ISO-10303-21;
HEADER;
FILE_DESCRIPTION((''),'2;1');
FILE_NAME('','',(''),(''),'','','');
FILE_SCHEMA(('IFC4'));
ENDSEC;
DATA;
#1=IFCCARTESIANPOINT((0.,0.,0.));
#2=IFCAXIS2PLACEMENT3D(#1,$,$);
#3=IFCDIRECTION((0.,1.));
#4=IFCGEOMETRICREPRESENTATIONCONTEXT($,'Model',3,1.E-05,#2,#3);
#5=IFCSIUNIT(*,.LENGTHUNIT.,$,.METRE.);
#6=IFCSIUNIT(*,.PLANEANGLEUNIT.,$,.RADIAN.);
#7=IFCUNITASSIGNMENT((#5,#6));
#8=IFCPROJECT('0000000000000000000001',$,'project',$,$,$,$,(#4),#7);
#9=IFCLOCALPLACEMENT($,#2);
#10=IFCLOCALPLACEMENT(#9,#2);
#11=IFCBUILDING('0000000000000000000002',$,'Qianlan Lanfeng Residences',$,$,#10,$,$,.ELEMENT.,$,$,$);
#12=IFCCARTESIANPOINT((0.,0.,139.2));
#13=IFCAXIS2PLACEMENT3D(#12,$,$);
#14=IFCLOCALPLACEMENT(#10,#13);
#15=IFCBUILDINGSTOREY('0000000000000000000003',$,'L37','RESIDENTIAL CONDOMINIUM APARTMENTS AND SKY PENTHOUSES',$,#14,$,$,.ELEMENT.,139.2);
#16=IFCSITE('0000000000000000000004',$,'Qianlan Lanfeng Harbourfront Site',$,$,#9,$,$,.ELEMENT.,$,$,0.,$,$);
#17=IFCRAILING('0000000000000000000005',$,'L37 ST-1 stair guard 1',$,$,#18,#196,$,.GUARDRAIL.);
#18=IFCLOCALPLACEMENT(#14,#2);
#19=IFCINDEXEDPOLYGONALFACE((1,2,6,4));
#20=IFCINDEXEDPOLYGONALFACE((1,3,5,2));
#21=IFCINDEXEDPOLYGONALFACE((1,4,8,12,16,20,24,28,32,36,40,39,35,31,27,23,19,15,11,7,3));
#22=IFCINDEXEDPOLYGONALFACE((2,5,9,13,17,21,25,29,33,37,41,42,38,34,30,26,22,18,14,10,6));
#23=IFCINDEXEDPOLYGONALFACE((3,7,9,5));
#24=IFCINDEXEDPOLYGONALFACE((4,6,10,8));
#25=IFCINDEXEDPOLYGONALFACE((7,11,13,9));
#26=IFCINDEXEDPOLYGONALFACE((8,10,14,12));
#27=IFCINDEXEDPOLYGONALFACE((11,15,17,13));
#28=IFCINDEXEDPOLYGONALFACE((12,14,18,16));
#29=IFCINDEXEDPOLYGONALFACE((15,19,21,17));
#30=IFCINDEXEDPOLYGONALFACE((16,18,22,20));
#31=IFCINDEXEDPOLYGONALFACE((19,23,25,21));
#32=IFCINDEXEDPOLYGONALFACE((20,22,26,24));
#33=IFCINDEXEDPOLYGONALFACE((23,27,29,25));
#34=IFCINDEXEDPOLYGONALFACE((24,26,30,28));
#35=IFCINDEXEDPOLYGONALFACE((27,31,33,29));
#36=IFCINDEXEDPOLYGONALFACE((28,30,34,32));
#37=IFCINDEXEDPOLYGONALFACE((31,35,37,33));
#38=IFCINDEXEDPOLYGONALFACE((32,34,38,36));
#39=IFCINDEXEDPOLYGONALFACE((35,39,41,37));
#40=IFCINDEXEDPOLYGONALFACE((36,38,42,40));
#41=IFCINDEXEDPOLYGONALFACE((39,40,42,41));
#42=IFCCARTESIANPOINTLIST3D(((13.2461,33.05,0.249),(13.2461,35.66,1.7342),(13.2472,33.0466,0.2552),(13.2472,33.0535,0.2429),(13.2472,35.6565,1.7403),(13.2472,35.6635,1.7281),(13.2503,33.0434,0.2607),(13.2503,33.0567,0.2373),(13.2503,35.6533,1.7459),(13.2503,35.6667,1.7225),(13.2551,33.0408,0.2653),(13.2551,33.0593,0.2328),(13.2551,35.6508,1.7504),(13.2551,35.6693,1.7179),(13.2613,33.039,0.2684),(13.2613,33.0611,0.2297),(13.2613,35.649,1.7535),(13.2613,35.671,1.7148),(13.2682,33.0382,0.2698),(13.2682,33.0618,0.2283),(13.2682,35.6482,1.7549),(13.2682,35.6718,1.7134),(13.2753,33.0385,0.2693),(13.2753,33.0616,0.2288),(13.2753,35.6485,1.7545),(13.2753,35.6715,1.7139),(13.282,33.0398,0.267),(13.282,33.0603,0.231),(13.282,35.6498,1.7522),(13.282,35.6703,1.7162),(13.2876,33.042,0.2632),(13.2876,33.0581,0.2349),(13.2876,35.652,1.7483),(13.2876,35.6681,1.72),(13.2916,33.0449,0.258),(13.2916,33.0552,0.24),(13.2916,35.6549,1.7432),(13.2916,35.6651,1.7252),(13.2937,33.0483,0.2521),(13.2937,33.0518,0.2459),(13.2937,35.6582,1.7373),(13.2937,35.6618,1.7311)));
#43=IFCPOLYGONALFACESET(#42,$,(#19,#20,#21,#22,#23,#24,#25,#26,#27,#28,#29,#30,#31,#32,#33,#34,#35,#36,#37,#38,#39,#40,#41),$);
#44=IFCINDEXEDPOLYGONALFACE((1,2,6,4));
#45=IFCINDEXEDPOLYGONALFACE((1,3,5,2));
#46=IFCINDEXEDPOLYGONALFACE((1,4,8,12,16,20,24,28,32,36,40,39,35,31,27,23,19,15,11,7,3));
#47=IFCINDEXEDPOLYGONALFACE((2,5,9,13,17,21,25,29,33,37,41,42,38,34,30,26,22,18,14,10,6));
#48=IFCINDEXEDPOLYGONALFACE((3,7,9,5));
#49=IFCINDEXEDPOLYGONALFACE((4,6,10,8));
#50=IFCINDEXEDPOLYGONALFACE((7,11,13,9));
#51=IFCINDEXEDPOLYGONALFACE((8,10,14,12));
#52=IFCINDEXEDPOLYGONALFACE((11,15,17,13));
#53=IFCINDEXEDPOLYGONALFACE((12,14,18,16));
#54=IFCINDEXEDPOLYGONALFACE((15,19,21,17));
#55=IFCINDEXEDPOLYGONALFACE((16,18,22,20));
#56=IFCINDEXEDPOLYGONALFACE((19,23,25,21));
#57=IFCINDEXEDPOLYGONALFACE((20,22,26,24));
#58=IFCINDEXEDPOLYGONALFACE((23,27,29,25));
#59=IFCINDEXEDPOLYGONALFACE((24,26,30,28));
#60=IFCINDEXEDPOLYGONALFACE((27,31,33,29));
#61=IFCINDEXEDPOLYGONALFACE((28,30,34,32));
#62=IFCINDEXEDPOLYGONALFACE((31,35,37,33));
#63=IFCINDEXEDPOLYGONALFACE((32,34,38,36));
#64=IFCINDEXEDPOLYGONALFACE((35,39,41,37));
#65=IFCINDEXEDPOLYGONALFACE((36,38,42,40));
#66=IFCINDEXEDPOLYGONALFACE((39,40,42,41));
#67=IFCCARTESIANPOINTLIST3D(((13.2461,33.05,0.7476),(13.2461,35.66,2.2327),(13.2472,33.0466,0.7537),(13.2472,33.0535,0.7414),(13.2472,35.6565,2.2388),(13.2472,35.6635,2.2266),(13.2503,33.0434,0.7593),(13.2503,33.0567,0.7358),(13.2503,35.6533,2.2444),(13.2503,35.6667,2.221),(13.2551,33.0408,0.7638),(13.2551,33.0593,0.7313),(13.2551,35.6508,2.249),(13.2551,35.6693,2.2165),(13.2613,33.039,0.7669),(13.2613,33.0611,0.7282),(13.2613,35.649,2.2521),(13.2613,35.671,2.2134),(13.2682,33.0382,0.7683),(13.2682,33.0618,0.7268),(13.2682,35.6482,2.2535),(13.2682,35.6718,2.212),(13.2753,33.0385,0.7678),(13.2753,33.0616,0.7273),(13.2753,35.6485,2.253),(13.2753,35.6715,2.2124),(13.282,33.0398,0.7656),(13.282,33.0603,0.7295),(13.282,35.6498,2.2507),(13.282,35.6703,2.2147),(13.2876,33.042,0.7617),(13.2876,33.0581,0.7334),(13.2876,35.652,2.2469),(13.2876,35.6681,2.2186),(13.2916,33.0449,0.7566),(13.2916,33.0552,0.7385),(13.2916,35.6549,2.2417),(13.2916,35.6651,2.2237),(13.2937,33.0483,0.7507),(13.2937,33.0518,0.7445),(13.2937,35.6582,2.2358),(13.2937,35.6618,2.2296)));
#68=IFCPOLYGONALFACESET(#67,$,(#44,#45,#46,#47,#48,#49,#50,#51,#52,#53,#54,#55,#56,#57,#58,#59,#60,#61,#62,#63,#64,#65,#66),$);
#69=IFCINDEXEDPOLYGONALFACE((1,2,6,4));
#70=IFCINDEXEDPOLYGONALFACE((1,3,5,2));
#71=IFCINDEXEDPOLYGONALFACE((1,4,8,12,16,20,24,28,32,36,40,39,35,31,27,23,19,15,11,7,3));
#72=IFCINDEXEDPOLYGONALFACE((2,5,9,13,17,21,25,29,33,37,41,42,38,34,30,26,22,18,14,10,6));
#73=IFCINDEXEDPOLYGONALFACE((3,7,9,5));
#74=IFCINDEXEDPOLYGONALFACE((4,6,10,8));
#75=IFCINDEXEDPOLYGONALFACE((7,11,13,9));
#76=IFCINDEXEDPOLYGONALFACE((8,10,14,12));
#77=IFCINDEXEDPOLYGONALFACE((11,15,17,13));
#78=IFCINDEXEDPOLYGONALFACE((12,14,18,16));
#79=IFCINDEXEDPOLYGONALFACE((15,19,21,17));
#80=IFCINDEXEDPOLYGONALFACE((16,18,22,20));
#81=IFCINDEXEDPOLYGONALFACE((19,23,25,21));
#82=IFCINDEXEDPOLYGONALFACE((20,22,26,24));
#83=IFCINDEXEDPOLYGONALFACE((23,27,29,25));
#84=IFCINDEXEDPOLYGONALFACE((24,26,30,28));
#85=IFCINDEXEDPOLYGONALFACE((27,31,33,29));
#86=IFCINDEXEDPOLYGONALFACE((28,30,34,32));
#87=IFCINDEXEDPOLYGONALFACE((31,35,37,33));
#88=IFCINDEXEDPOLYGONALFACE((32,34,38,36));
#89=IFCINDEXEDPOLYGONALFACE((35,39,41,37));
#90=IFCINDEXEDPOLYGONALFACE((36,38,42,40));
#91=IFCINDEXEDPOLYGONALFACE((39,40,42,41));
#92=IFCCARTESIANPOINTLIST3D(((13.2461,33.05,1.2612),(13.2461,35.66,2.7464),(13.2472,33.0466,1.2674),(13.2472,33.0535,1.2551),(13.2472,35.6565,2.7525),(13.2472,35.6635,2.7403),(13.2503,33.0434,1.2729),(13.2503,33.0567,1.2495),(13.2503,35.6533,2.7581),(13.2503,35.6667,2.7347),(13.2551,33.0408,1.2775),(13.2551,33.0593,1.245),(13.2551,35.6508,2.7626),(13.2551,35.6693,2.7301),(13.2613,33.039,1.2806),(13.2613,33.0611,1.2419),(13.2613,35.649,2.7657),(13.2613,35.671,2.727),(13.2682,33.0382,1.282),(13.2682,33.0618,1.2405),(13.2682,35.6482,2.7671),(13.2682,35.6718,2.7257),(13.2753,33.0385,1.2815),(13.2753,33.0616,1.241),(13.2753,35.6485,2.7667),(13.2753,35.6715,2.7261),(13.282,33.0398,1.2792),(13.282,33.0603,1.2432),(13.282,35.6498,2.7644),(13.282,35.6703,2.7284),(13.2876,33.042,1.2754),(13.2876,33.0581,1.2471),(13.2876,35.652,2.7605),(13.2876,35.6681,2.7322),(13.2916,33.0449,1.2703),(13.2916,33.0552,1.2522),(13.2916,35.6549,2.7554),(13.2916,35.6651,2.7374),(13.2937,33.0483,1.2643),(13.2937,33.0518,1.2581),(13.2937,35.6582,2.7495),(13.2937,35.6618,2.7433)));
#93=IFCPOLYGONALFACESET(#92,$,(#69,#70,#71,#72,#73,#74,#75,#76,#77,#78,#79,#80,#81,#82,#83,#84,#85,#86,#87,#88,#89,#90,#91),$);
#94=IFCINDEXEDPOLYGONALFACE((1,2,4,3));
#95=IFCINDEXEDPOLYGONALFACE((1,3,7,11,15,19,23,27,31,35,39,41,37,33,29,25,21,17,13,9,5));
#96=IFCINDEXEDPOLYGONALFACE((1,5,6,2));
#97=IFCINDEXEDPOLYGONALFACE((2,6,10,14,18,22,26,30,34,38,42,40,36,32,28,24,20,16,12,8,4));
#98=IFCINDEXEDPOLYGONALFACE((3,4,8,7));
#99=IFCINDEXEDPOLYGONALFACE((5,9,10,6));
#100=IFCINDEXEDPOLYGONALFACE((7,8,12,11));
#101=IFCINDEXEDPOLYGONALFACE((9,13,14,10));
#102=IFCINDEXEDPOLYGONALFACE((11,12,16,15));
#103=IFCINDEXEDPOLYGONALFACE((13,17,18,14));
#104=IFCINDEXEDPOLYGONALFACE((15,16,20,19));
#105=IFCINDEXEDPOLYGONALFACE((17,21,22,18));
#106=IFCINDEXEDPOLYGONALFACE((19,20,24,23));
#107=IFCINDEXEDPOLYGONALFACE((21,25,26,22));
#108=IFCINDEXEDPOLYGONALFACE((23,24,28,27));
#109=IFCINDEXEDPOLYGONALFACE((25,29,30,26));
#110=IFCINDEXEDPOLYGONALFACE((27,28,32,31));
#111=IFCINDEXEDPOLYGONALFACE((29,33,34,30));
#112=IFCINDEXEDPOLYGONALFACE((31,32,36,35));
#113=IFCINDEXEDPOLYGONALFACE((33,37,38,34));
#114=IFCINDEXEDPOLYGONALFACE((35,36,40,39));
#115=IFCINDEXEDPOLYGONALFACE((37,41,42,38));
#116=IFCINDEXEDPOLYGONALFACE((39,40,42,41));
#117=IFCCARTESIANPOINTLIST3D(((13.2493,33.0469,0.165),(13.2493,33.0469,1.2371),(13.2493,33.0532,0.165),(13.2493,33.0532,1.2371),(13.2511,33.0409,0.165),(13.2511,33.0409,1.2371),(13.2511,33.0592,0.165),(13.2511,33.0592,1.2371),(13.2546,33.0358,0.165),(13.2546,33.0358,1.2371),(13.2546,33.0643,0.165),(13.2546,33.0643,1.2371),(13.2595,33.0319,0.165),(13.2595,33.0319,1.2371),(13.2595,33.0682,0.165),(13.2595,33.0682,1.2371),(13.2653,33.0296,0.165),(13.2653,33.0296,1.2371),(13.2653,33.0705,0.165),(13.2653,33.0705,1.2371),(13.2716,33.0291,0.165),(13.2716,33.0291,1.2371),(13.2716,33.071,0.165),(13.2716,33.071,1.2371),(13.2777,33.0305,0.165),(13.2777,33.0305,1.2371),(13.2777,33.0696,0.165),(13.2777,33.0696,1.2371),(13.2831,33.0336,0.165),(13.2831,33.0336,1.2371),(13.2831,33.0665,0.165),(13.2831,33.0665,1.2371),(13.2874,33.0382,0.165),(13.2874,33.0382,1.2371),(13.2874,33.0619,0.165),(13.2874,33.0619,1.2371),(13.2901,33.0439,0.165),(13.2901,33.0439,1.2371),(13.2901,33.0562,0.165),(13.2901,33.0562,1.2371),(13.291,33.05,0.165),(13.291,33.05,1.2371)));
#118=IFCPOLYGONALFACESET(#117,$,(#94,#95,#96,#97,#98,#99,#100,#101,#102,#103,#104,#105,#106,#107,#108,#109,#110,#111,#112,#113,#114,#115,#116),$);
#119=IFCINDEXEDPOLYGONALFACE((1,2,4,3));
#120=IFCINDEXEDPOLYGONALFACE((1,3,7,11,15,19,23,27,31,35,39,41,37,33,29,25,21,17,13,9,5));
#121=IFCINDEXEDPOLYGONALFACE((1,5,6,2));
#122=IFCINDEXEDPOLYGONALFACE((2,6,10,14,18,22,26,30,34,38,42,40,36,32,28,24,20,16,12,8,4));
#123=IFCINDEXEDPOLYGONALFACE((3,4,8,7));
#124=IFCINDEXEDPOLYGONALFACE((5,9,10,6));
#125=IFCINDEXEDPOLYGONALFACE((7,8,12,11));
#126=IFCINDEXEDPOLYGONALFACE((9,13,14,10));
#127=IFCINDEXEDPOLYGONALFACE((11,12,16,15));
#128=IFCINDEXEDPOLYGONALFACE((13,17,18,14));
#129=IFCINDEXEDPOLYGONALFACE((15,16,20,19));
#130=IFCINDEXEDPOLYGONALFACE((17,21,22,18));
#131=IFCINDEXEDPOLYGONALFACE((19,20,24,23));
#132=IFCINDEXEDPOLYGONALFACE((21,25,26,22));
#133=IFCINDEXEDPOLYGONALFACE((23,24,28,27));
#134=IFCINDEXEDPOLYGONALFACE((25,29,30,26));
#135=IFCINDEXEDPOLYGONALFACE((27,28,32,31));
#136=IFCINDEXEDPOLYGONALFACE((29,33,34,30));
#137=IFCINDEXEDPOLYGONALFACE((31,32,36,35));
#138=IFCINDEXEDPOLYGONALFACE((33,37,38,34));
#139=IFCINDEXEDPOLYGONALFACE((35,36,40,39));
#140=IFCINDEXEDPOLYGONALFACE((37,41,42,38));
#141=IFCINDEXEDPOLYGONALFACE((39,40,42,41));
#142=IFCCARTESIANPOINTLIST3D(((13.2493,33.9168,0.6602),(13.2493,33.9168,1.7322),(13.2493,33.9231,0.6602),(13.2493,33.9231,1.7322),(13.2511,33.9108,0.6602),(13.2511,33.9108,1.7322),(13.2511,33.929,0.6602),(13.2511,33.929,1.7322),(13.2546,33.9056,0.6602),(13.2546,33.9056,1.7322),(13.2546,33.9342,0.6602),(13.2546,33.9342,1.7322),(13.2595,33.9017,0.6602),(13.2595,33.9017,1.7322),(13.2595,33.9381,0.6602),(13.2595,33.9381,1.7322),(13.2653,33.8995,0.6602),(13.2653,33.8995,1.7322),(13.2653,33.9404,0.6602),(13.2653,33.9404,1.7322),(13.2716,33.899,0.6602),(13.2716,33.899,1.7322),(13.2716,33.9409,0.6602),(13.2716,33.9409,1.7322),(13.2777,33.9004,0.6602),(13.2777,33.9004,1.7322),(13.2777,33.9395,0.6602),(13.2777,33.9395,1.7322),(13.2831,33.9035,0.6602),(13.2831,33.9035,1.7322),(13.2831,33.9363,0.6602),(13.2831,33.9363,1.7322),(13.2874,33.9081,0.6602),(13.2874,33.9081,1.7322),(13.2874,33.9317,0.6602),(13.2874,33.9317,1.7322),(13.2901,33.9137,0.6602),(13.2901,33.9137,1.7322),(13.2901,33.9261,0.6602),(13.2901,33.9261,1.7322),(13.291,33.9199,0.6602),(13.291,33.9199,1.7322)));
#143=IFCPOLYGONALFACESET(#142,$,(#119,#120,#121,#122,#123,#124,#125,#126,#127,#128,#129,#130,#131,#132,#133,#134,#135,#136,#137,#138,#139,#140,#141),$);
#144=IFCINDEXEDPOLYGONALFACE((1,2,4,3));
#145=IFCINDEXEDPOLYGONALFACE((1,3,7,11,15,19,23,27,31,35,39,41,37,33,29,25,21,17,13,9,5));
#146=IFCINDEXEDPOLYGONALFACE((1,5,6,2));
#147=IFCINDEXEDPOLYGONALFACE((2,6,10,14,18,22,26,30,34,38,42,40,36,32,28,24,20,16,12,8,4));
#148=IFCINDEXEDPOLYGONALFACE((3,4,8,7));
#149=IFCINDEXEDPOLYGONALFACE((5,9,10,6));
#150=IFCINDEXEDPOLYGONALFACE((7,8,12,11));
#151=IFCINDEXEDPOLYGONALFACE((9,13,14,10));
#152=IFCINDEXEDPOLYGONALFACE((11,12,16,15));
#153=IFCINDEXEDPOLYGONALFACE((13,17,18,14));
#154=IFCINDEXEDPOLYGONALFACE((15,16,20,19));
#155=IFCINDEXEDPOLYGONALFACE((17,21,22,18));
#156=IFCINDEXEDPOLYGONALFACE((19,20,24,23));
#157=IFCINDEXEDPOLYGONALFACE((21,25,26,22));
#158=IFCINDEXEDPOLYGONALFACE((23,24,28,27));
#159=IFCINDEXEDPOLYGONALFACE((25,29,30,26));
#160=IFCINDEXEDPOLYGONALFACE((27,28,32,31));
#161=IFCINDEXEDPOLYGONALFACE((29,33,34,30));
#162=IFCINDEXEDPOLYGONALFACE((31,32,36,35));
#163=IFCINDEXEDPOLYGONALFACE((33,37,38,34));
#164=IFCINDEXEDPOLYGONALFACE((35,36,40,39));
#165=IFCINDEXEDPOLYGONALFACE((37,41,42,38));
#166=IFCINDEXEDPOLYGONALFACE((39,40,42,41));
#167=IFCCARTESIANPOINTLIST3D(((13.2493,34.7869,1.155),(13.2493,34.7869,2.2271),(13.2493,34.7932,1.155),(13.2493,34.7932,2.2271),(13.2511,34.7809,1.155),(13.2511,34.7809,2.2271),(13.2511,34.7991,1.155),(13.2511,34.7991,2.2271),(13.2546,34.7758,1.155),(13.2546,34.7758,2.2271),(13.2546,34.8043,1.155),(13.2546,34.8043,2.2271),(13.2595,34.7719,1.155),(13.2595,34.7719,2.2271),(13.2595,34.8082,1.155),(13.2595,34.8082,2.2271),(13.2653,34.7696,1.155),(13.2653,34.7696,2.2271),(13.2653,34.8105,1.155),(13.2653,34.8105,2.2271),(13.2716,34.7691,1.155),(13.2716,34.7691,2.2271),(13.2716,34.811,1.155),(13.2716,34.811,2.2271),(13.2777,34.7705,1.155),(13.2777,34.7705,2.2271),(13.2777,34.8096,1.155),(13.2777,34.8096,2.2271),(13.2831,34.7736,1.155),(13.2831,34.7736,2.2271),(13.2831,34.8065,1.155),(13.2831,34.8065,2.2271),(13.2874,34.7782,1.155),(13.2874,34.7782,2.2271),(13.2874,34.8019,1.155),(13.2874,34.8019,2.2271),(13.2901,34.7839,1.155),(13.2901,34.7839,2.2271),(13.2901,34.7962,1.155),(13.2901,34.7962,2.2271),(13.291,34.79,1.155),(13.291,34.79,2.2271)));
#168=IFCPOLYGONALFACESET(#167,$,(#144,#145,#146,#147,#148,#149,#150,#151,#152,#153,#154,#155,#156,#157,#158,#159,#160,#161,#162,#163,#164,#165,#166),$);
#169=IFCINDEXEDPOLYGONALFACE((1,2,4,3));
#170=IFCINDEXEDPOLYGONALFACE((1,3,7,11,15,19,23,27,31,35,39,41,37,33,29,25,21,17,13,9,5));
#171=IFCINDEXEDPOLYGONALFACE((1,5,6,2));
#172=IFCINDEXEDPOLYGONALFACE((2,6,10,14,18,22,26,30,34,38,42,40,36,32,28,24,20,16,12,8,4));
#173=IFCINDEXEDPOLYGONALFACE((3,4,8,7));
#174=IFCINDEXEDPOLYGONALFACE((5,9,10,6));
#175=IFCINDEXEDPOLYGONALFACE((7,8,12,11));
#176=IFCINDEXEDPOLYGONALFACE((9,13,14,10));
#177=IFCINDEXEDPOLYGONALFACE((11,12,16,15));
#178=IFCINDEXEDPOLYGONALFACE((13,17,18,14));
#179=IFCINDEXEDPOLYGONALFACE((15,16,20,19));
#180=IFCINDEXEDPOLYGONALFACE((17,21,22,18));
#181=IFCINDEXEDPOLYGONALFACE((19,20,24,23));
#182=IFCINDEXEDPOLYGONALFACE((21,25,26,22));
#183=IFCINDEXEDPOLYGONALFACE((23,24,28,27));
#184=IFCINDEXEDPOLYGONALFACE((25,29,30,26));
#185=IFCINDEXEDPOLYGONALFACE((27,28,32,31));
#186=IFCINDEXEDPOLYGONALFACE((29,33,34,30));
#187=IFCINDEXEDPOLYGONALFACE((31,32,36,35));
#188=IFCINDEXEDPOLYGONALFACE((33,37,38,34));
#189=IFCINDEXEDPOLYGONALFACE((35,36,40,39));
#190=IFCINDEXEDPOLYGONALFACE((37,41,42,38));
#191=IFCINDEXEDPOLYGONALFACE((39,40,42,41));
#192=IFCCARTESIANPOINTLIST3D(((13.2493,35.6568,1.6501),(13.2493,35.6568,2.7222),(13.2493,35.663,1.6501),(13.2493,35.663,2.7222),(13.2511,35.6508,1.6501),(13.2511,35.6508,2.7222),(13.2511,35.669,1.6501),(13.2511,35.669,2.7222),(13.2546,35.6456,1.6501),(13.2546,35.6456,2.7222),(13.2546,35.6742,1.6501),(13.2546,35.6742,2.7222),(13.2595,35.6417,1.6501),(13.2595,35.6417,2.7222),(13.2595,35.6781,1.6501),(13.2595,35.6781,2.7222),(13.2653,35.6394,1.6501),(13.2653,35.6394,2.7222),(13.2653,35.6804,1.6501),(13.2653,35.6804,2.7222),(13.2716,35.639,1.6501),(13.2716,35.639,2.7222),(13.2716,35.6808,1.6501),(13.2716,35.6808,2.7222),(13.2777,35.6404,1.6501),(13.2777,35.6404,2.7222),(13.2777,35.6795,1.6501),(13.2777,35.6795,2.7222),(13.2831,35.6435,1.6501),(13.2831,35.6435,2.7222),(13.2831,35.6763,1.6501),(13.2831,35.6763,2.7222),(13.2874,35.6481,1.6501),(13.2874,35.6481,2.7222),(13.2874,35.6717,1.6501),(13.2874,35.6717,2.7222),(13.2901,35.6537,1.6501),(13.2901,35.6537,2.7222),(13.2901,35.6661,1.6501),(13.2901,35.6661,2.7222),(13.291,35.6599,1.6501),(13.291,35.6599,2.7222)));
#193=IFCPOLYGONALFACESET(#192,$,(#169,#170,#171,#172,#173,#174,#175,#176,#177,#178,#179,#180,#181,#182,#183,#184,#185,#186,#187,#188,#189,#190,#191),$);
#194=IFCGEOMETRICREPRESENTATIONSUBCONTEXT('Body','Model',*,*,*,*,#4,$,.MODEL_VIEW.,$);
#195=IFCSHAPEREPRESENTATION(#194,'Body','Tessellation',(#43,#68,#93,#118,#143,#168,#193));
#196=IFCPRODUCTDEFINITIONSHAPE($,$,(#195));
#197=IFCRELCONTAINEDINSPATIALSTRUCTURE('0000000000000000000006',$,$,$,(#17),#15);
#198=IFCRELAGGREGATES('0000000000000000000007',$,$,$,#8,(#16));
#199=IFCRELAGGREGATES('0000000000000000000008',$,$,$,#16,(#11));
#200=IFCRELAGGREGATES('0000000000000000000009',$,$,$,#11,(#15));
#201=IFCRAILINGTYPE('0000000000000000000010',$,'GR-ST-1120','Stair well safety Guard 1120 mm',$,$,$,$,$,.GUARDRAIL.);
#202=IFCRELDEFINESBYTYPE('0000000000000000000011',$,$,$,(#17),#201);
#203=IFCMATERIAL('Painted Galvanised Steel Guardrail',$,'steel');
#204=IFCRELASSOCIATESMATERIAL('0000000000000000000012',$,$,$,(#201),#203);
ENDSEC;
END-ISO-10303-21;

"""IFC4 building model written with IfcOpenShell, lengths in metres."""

from ifc_helpers import new_model, si_unit, direction, frame, origin, origin_2d, place, context, subcontext, project, spatial, circle, extrude, material, type_object, element, save


model = new_model("IFC4")

# Units and contexts
model_context = context("Model", 3, precision=1e-05, world=origin(), true_north=direction((0.0, 1.0)))
body_context = subcontext(model_context, "Body", "Model", "MODEL_VIEW")
ifc_project = project(units=[si_unit("LENGTHUNIT", "METRE"), si_unit("PLANEANGLEUNIT", "RADIAN")], contexts=[model_context])

# Site, building, storey
site_placement = place(None, origin())
site = spatial("IfcSite", under=ifc_project, at=site_placement, Name="Qianlan Lanfeng Harbourfront Site", CompositionType="ELEMENT", RefElevation=0.0)
building_placement = place(site_placement, origin())
building = spatial("IfcBuilding", under=site, at=building_placement, Name="Qianlan Lanfeng Residences", CompositionType="ELEMENT")
storey_placement = place(building_placement, frame((0.0, 0.0, 139.2)))
storey = spatial("IfcBuildingStorey", under=building, at=storey_placement, Name="L37", Description="RESIDENTIAL CONDOMINIUM APARTMENTS AND SKY PENTHOUSES", CompositionType="ELEMENT", Elevation=139.2)

# Railing
ifc_material_1 = material(Name="Painted Galvanised Steel Guardrail", Category="steel")
railing_type_1 = type_object("IfcRailingType", Name="GR-ST-1120", Description="Stair well safety Guard 1120 mm", PredefinedType="GUARDRAIL", material=ifc_material_1)
railing_1_placement = place(storey_placement, frame((13.27, 33.05, 0.165)))
element("IfcRailing", 1, at=railing_1_placement, inside=storey, type_object=railing_type_1, Name="L37 ST-1 stair guard 1", PredefinedType="GUARDRAIL", context=body_context, shape_type="SweptSolid", body=[
    extrude(circle(Radius=0.0239, at=origin_2d()), frame((0.0, 0.0, 0.084), z_axis=(0.0, 0.869137, 0.494571), x_axis=(-1.0, 0.0, 0.0)), (0.0, 0.0, 1.0), 3.0029),
    extrude(circle(Radius=0.0239, at=origin_2d()), frame((0.0, 0.0, 0.5825), z_axis=(0.0, 0.869137, 0.494571), x_axis=(-1.0, 0.0, 0.0)), (0.0, 0.0, 1.0), 3.0029),
    extrude(circle(Radius=0.0239, at=origin_2d()), frame((0.0, 0.0, 1.0962), z_axis=(0.0, 0.869137, 0.494571), x_axis=(-1.0, 0.0, 0.0)), (0.0, 0.0, 1.0), 3.0029),
    extrude(circle(Radius=0.021, at=origin_2d()), origin(), (0.0, 0.0, 1.0), 1.072),
    extrude(circle(Radius=0.021, at=origin_2d()), frame((0.0, 0.8699, 0.4951)), (0.0, 0.0, 1.0), 1.072),
    extrude(circle(Radius=0.021, at=origin_2d()), frame((0.0, 1.74, 0.99)), (0.0, 0.0, 1.0), 1.072),
    extrude(circle(Radius=0.021, at=origin_2d()), frame((0.0, 2.6099, 1.4851)), (0.0, 0.0, 1.0), 1.072),
])

save(model, "model.ifc")
